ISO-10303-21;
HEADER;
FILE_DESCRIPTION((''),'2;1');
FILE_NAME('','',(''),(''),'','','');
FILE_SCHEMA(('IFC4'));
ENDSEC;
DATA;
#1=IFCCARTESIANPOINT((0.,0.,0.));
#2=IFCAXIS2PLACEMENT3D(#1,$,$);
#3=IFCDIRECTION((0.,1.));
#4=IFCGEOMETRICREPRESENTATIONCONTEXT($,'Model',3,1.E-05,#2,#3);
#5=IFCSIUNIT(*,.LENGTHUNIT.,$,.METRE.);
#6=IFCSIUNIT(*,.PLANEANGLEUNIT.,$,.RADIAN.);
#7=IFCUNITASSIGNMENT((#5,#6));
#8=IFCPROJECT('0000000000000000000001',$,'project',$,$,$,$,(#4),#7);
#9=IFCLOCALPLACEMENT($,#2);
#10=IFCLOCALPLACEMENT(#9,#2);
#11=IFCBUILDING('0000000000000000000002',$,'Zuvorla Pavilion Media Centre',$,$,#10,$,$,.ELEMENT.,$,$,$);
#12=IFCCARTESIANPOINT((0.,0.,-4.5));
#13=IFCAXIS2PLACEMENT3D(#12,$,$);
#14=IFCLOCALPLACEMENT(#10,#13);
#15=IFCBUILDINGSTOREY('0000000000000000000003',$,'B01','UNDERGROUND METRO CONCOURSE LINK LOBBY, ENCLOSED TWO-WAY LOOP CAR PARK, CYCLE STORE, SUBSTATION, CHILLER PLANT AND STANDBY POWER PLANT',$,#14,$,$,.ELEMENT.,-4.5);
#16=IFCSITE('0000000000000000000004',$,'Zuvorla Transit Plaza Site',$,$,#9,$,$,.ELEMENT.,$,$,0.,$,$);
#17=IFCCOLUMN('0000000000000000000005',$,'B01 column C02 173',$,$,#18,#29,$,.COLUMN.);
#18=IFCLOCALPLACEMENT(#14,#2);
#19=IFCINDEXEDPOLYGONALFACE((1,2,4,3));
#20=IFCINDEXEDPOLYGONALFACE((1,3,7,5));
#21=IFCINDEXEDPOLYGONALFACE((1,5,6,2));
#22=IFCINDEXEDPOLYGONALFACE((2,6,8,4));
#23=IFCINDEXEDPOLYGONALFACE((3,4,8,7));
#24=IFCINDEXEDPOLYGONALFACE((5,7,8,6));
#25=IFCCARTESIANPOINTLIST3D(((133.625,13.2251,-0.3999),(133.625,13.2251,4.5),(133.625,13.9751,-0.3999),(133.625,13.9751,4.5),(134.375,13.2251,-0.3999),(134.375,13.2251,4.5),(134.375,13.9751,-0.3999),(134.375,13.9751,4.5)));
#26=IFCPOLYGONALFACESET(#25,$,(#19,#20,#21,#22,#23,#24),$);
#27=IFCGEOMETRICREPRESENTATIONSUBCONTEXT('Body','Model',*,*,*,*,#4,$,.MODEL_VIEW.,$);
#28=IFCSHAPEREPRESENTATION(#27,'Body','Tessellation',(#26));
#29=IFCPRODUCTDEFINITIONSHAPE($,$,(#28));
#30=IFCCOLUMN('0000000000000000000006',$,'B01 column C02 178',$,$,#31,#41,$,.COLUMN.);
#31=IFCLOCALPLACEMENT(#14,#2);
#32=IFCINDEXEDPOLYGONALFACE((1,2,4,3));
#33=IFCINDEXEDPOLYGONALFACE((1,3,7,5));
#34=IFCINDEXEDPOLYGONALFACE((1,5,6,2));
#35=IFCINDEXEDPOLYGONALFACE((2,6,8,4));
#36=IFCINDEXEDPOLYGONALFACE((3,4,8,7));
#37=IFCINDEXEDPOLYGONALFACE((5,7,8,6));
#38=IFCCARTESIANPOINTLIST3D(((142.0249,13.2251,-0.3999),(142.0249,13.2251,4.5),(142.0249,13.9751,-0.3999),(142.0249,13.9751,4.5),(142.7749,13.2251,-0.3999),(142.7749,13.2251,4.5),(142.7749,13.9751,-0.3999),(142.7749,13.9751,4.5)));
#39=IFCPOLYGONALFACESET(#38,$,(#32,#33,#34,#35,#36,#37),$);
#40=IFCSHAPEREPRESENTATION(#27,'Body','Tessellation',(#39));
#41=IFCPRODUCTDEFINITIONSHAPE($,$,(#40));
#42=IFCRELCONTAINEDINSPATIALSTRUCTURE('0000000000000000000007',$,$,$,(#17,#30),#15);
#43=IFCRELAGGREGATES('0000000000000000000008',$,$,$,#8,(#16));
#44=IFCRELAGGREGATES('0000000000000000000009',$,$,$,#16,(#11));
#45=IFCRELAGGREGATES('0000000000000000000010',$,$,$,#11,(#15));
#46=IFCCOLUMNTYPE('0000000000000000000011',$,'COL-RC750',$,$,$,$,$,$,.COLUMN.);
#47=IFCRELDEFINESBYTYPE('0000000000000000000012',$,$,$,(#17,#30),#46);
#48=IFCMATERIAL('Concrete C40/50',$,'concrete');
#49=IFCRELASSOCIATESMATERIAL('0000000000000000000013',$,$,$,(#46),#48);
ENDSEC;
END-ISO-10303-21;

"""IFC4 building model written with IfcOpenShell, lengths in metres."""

from ifc_helpers import new_model, si_unit, direction, frame, origin, origin_2d, place, context, subcontext, project, spatial, rectangle, extrude, material, material_profile, profile_set, type_object, element, save


model = new_model("IFC4")

# Units and contexts
model_context = context("Model", 3, precision=1e-05, world=origin(), true_north=direction((0.0, 1.0)))
body_context = subcontext(model_context, "Body", "Model", "MODEL_VIEW")
ifc_project = project(units=[si_unit("LENGTHUNIT", "METRE"), si_unit("PLANEANGLEUNIT", "RADIAN")], contexts=[model_context])

# Site, building, storey
site_placement = place(None, origin())
site = spatial("IfcSite", under=ifc_project, at=site_placement, Name="Zuvorla Transit Plaza Site", CompositionType="ELEMENT", RefElevation=0.0)
building_placement = place(site_placement, origin())
building = spatial("IfcBuilding", under=site, at=building_placement, Name="Zuvorla Pavilion Media Centre", CompositionType="ELEMENT")
storey_placement = place(building_placement, frame((0.0, 0.0, -4.5)))
storey = spatial("IfcBuildingStorey", under=building, at=storey_placement, Name="B01", Description="UNDERGROUND METRO CONCOURSE LINK LOBBY, ENCLOSED TWO-WAY LOOP CAR PARK, CYCLE STORE, SUBSTATION, CHILLER PLANT AND STANDBY POWER PLANT", CompositionType="ELEMENT", Elevation=-4.5)

# Shared definitions
ifc_material = material(Name="Concrete C40/50", Category="concrete")

# Columns
ifc_material_profile_1 = material_profile(ifc_material, rectangle(XDim=0.75, YDim=0.75, at=origin_2d()), Name="RC 750x750")
ifc_profile_set_1 = profile_set([ifc_material_profile_1], Name="Concrete C40/50")
column_type_1 = type_object("IfcColumnType", Name="COL-RC750", PredefinedType="COLUMN", material=ifc_profile_set_1)
for number, where, z_axis, x_axis, name in (
    (1, (134.0, 13.6001, -0.3999), (0.0, 0.0, 1.0), (1.0, 0.0, 0.0), "B01 column C02 173"),
    (2, (142.3999, 13.6001, -0.3999), (0.0, 0.0, 1.0), (1.0, 0.0, 0.0), "B01 column C02 178"),
):
    element("IfcColumn", number, at=place(storey_placement, frame(where, z_axis=z_axis, x_axis=x_axis)), inside=storey, type_object=column_type_1, Name=name, PredefinedType="COLUMN", context=body_context, shape_type="SweptSolid", body=[
        extrude(rectangle(XDim=0.75, YDim=0.75, at=origin_2d()), origin(), (0.0, 0.0, 1.0), 4.8999),
    ])

save(model, "model.ifc")
